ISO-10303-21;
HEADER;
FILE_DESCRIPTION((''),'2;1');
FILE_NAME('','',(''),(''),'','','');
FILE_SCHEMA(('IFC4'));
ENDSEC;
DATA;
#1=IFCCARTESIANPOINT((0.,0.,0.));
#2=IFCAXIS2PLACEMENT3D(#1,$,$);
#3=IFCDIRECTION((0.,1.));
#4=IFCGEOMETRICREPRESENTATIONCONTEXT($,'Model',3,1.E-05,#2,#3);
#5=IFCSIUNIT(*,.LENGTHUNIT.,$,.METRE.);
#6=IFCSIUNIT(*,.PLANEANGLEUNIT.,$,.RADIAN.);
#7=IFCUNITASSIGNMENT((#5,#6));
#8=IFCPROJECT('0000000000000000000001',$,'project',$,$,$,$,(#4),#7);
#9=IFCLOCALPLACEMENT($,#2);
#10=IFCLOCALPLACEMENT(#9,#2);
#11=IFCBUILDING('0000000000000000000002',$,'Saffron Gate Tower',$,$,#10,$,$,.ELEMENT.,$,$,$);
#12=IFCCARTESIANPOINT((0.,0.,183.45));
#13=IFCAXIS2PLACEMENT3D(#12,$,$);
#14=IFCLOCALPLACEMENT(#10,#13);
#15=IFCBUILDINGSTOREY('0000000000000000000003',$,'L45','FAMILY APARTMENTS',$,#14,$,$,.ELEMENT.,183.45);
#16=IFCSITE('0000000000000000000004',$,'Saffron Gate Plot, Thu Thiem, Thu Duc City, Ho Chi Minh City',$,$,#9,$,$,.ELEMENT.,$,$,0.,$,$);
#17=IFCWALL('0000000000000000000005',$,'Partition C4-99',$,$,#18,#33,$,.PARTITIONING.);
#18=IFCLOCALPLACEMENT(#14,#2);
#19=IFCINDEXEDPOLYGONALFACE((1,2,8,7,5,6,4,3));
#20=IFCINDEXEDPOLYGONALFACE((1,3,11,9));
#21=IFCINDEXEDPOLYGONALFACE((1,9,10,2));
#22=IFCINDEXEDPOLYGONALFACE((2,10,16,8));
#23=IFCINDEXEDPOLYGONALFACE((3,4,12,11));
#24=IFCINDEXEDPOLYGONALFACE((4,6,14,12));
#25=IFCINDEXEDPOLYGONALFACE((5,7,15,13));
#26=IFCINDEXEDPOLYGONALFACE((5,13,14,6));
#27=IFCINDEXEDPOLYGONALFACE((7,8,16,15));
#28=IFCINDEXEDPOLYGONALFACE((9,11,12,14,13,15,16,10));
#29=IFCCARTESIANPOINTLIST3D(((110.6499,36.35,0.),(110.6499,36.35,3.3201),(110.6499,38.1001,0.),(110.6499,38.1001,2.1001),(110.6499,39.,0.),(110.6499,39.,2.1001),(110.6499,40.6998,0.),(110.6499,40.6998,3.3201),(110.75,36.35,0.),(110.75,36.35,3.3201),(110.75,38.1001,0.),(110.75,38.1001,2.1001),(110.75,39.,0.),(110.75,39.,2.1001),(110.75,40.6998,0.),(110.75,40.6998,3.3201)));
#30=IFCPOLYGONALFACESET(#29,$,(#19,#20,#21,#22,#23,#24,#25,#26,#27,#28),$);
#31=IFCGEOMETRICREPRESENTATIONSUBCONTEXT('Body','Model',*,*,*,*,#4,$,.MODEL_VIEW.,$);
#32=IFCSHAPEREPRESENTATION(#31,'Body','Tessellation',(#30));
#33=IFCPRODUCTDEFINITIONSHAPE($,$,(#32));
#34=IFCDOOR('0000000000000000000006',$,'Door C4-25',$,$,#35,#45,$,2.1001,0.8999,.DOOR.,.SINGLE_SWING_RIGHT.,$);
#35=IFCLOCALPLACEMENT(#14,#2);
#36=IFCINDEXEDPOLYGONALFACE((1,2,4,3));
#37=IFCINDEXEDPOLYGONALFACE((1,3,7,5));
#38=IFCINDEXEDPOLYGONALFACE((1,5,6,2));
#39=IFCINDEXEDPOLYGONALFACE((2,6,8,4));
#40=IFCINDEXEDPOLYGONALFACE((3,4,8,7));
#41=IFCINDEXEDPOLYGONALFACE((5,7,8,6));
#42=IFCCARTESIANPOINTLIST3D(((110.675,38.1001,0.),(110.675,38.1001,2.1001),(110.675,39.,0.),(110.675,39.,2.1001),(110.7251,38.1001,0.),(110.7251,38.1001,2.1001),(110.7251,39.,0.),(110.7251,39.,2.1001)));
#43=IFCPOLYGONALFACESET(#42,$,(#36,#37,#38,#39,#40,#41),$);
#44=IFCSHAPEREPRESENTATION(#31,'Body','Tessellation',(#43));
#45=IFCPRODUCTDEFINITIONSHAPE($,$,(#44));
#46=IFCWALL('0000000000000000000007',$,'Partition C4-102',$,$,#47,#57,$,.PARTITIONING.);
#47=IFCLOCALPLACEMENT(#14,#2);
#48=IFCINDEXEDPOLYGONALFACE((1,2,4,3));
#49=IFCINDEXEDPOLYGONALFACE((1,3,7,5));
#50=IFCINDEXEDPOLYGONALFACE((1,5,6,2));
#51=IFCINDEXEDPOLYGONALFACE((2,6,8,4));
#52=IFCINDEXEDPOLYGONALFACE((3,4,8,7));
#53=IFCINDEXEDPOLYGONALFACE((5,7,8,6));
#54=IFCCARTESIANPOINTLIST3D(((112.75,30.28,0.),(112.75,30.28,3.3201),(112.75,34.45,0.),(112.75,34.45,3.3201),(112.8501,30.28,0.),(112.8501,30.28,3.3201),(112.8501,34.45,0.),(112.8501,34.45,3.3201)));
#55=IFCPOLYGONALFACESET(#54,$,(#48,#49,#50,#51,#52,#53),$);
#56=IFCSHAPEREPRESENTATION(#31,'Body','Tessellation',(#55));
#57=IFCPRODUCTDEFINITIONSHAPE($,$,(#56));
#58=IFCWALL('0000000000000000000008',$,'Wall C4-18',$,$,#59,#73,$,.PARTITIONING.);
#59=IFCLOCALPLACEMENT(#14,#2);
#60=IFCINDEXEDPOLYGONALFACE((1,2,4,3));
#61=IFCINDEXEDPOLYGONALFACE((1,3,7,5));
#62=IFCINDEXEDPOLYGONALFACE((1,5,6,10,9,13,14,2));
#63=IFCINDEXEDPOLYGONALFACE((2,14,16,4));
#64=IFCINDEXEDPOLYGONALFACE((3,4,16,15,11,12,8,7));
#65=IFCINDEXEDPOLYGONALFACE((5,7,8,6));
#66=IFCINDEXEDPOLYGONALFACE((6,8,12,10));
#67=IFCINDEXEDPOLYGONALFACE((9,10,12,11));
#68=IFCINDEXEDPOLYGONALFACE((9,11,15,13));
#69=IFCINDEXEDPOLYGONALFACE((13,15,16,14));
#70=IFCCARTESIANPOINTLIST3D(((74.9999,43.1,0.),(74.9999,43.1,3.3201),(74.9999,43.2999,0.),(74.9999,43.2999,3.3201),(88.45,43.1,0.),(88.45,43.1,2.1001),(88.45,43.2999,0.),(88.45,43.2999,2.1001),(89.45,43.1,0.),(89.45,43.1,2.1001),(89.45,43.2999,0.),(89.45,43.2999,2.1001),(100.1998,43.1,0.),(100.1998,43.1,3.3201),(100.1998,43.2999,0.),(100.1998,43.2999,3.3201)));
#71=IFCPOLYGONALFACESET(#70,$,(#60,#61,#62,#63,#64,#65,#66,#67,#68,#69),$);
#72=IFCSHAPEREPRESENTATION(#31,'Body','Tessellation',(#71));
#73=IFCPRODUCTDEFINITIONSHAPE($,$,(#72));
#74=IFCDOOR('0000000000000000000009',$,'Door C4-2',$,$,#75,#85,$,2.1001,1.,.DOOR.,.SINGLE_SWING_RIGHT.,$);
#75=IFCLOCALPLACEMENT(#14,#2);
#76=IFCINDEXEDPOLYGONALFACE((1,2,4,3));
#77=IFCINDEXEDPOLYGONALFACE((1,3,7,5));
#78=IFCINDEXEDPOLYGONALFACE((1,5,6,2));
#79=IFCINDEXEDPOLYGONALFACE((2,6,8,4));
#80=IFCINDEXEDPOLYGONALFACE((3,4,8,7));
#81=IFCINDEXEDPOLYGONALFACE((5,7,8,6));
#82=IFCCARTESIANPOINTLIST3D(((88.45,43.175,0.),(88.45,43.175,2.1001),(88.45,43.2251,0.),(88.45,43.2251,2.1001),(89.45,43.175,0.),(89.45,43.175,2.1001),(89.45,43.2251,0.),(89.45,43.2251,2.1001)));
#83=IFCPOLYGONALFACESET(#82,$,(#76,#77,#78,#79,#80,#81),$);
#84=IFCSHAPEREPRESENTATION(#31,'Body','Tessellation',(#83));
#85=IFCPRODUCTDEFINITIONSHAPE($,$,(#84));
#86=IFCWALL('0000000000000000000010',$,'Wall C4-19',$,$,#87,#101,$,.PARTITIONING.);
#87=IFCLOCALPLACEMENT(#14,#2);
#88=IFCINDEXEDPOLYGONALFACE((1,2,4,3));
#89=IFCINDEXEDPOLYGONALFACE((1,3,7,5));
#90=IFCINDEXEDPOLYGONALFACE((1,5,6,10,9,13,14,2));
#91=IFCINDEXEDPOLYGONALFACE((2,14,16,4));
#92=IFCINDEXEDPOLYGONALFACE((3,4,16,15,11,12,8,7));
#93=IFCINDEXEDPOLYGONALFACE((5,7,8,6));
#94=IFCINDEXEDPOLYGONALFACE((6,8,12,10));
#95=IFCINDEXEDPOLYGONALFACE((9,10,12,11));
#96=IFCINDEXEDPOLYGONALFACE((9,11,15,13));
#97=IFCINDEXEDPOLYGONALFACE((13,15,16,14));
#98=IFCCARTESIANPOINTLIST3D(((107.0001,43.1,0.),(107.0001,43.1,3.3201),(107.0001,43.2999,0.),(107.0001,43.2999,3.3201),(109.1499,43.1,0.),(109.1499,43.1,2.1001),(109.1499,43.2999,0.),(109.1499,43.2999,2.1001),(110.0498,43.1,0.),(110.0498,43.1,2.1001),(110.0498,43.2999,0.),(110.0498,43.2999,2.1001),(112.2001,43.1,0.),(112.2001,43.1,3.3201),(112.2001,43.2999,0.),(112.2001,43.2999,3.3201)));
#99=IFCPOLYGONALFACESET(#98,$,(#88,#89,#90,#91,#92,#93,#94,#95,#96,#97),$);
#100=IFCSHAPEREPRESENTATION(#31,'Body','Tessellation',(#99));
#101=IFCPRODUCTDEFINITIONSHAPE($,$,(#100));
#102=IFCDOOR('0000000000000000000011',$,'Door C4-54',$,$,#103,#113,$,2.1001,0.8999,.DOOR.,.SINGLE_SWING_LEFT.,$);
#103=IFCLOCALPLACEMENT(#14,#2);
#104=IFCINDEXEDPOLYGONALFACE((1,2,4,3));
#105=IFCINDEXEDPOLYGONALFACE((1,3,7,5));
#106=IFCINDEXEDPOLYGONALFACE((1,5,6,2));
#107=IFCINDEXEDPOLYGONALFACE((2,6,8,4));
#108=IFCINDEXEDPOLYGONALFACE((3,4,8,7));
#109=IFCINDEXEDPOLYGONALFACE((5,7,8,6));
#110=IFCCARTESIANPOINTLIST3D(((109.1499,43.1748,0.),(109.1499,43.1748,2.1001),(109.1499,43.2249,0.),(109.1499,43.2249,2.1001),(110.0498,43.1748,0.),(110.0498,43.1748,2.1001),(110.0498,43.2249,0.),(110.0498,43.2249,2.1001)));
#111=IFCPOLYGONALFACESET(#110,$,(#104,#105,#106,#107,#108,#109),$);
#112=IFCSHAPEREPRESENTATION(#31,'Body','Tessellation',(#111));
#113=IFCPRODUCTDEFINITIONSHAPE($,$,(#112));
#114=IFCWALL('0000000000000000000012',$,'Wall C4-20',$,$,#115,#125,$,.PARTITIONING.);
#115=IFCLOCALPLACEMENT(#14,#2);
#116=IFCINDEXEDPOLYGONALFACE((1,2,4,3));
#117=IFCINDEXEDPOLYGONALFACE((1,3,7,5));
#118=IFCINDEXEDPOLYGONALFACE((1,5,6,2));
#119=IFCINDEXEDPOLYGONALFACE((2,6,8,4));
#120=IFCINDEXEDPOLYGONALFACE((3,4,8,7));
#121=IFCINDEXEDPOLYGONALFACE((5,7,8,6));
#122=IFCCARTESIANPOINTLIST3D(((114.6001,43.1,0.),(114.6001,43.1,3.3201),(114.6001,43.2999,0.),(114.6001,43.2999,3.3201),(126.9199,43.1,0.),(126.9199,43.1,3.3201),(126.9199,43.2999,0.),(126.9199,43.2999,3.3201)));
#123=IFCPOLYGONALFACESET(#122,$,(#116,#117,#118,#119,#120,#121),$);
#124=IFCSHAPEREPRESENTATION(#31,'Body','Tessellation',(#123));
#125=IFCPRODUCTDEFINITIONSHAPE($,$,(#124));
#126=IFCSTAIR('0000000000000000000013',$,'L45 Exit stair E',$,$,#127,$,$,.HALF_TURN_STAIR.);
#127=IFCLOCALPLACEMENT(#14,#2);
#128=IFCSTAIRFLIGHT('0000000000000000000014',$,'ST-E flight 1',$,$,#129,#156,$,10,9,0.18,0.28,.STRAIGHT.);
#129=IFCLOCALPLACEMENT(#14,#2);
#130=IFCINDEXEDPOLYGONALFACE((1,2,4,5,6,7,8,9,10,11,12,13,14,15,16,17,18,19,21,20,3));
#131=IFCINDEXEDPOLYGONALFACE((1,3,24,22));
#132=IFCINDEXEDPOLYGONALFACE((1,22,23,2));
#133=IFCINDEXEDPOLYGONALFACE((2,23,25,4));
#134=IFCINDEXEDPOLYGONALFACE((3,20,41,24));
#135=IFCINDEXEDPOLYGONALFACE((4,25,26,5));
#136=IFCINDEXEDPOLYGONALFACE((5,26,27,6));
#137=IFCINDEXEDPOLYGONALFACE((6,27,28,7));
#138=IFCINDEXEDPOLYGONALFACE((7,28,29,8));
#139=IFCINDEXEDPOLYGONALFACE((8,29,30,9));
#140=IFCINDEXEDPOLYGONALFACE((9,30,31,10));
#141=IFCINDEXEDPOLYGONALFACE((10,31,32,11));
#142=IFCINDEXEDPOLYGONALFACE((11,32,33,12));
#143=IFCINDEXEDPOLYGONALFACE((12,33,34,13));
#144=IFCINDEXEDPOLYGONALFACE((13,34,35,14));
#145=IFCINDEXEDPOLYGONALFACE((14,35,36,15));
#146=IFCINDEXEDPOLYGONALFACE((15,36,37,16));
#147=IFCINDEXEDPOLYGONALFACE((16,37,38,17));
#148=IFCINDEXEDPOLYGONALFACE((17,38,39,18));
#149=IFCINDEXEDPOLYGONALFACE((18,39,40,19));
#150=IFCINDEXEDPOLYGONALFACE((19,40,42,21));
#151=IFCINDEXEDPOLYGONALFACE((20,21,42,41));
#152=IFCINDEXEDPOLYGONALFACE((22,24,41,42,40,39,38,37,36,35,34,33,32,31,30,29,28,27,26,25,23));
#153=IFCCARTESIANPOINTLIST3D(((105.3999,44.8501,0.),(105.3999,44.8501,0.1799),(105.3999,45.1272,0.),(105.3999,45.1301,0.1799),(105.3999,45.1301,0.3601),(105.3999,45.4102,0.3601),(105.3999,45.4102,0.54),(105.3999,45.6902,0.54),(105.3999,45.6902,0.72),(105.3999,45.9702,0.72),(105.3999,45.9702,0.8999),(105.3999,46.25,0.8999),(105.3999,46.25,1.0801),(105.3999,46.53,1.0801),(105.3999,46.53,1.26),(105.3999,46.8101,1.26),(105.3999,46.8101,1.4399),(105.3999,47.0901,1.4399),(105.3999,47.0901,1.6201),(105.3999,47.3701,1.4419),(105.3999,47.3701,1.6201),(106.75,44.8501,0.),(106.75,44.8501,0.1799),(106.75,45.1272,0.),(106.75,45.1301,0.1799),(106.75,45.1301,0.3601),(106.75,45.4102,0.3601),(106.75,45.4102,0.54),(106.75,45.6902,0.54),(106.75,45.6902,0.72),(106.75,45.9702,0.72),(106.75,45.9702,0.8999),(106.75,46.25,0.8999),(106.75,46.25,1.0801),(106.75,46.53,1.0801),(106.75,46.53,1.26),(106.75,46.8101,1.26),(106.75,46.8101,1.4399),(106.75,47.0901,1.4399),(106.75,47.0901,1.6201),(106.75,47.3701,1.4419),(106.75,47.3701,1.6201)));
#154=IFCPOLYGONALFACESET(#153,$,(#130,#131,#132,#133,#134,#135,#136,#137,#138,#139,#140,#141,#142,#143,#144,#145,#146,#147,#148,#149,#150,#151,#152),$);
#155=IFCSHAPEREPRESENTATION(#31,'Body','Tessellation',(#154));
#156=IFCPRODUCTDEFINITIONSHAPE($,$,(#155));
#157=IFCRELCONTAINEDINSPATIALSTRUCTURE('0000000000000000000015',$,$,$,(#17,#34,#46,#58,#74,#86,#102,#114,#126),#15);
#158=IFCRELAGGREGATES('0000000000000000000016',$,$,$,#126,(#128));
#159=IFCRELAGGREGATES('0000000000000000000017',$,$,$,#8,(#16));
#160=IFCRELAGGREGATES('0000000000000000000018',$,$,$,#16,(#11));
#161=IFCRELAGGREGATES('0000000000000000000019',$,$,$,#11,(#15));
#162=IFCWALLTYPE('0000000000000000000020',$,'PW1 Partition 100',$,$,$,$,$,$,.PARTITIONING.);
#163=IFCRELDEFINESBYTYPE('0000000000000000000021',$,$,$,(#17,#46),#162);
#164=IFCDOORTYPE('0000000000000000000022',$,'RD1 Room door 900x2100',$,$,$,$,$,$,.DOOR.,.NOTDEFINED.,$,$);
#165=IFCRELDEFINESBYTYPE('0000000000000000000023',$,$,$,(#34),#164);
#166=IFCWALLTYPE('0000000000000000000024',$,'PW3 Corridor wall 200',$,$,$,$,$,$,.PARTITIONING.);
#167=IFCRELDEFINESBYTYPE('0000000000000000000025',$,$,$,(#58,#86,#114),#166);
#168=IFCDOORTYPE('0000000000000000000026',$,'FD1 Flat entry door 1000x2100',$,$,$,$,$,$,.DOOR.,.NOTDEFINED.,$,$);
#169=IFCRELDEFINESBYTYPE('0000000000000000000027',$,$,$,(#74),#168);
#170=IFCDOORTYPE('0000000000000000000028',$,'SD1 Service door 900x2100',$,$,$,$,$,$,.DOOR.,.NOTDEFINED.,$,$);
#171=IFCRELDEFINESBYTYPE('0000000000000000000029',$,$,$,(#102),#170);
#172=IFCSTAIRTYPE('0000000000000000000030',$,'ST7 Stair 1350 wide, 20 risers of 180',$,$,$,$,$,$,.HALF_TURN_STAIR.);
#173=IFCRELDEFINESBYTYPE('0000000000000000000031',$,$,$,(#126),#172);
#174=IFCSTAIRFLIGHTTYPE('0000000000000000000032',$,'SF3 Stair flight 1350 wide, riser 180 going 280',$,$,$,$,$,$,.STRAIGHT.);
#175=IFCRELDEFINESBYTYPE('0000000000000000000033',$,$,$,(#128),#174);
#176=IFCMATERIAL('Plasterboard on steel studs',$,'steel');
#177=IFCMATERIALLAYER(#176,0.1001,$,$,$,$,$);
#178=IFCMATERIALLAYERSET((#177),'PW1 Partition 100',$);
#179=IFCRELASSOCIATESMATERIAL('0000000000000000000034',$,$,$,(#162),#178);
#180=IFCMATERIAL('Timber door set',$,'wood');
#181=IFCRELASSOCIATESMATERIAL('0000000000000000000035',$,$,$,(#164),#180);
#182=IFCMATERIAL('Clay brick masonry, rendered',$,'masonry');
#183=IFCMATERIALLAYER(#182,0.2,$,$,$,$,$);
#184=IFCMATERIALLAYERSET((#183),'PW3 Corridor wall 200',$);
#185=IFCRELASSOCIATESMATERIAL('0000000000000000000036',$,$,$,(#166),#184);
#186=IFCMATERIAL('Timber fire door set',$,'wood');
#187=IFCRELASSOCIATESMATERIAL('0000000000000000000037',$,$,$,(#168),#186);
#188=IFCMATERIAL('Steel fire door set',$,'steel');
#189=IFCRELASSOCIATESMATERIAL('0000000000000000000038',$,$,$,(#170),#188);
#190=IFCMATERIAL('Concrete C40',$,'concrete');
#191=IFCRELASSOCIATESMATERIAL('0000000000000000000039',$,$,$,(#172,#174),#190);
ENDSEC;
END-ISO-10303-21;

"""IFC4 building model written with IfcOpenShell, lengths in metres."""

from ifc_helpers import new_model, si_unit, direction, frame, frame_2d, origin, place, context, subcontext, project, spatial, polyline, rectangle, outline, extrude, material, layer, layer_set, type_object, element, fill, aggregate, save


model = new_model("IFC4")

# Units and contexts
model_context = context("Model", 3, precision=1e-05, world=origin(), true_north=direction((0.0, 1.0)))
body_context = subcontext(model_context, "Body", "Model", "MODEL_VIEW")
ifc_project = project(units=[si_unit("LENGTHUNIT", "METRE"), si_unit("PLANEANGLEUNIT", "RADIAN")], contexts=[model_context])

# Site, building, storey
site_placement = place(None, origin())
site = spatial("IfcSite", under=ifc_project, at=site_placement, Name="Saffron Gate Plot, Thu Thiem, Thu Duc City, Ho Chi Minh City", CompositionType="ELEMENT", RefElevation=0.0)
building_placement = place(site_placement, origin())
building = spatial("IfcBuilding", under=site, at=building_placement, Name="Saffron Gate Tower", CompositionType="ELEMENT")
storey_placement = place(building_placement, frame((0.0, 0.0, 183.45)))
storey = spatial("IfcBuildingStorey", under=building, at=storey_placement, Name="L45", Description="FAMILY APARTMENTS", CompositionType="ELEMENT", Elevation=183.45)

# Shared definitions
ifc_material_1 = material(Name="Steel fire door set", Category="steel")

# Shared definitions
ifc_material_2 = material(Name="Plasterboard on steel studs", Category="steel")
ifc_layer_1 = layer(ifc_material_2, 0.1001)
ifc_layer_set_1 = layer_set([ifc_layer_1], Name="PW1 Partition 100")
wall_type_1 = type_object("IfcWallType", Name="PW1 Partition 100", PredefinedType="PARTITIONING", material=ifc_layer_set_1)
ifc_material_3 = material(Name="Timber door set", Category="wood")

# Wall, opening, door
wall_1_placement = place(storey_placement, frame((110.7, 36.3501, 0.0), z_axis=(0.0, 0.0, 1.0), x_axis=(0.0, 1.0, 0.0)))
wall_1 = element("IfcWall", 1, at=wall_1_placement, inside=storey, type_object=wall_type_1, Name="Partition C4-99", PredefinedType="PARTITIONING", context=body_context, shape_type="SweptSolid", body=[
    extrude(rectangle(XDim=4.3499, YDim=0.1001, at=frame_2d((2.1748, 0.0))), origin(), (0.0, 0.0, 1.0), 3.3201),
])
opening_1_placement = place(wall_1_placement, frame((1.75, 0.0, 0.0)))
opening_1 = element("IfcOpeningElement", 2, at=opening_1_placement, cuts=wall_1, PredefinedType="OPENING", context=body_context, shape_type="SweptSolid", body=[
    extrude(rectangle(XDim=0.8999, YDim=2.1001, at=frame_2d((0.45, 1.05))), frame((0.0, 0.0601, 0.0), z_axis=(0.0, -1.0, 0.0), x_axis=(1.0, 0.0, 0.0)), (0.0, 0.0, 1.0), 0.1201),
])
door_type_1 = type_object("IfcDoorType", Name="RD1 Room door 900x2100", OperationType="NOTDEFINED", PredefinedType="DOOR", material=ifc_material_3)
door_1_placement = place(opening_1_placement, origin())
door_1 = element("IfcDoor", 3, at=door_1_placement, inside=storey, type_object=door_type_1, Name="Door C4-25", OperationType="SINGLE_SWING_RIGHT", OverallHeight=2.1001, OverallWidth=0.8999, PredefinedType="DOOR", context=body_context, shape_type="SweptSolid", body=[
    extrude(rectangle(XDim=0.8999, YDim=2.1001, at=frame_2d((0.45, 1.05))), frame((0.0, 0.0249, 0.0), z_axis=(0.0, -1.0, 0.0), x_axis=(1.0, 0.0, 0.0)), (0.0, 0.0, 1.0), 0.05),
])
fill(opening_1, door_1)

# Wall
wall_2_placement = place(storey_placement, frame((112.8, 34.45, 0.0), z_axis=(0.0, 0.0, 1.0), x_axis=(0.0, -1.0, 0.0)))
element("IfcWall", 4, at=wall_2_placement, inside=storey, type_object=wall_type_1, Name="Partition C4-102", PredefinedType="PARTITIONING", context=body_context, shape_type="SweptSolid", body=[
    extrude(rectangle(XDim=4.1699, YDim=0.1001, at=frame_2d((2.085, 0.0))), origin(), (0.0, 0.0, 1.0), 3.3201),
])

# Walls, openings, doors
ifc_material_4 = material(Name="Clay brick masonry, rendered", Category="masonry")
ifc_layer_2 = layer(ifc_material_4, 0.2)
ifc_layer_set_2 = layer_set([ifc_layer_2], Name="PW3 Corridor wall 200")
wall_type_2 = type_object("IfcWallType", Name="PW3 Corridor wall 200", PredefinedType="PARTITIONING", material=ifc_layer_set_2)
wall_3_placement = place(storey_placement, frame((100.2, 43.2, 0.0), z_axis=(0.0, 0.0, 1.0), x_axis=(-1.0, 0.0, 0.0)))
wall_3 = element("IfcWall", 5, at=wall_3_placement, inside=storey, type_object=wall_type_2, Name="Wall C4-18", PredefinedType="PARTITIONING", context=body_context, shape_type="SweptSolid", body=[
    extrude(rectangle(XDim=25.2, YDim=0.2, at=frame_2d((12.6001, 0.0))), origin(), (0.0, 0.0, 1.0), 3.3201),
])
opening_2_placement = place(wall_3_placement, frame((10.75, 0.0, 0.0)))
opening_2 = element("IfcOpeningElement", 6, at=opening_2_placement, cuts=wall_3, PredefinedType="OPENING", context=body_context, shape_type="SweptSolid", body=[
    extrude(rectangle(XDim=1.0, YDim=2.1001, at=frame_2d((0.5, 1.05))), frame((0.0, 0.1099, 0.0), z_axis=(0.0, -1.0, 0.0), x_axis=(1.0, 0.0, 0.0)), (0.0, 0.0, 1.0), 0.22),
])
ifc_material_5 = material(Name="Timber fire door set", Category="wood")
door_type_2 = type_object("IfcDoorType", Name="FD1 Flat entry door 1000x2100", OperationType="NOTDEFINED", PredefinedType="DOOR", material=ifc_material_5)
door_2_placement = place(opening_2_placement, origin())
door_2 = element("IfcDoor", 7, at=door_2_placement, inside=storey, type_object=door_type_2, Name="Door C4-2", OperationType="SINGLE_SWING_RIGHT", OverallHeight=2.1001, OverallWidth=1.0, PredefinedType="DOOR", context=body_context, shape_type="SweptSolid", body=[
    extrude(rectangle(XDim=1.0, YDim=2.1001, at=frame_2d((0.5, 1.05))), frame((0.0, 0.0249, 0.0), z_axis=(0.0, -1.0, 0.0), x_axis=(1.0, 0.0, 0.0)), (0.0, 0.0, 1.0), 0.05),
])
fill(opening_2, door_2)
wall_4_placement = place(storey_placement, frame((107.0, 43.2, 0.0), z_axis=(0.0, 0.0, 1.0), x_axis=(1.0, 0.0, 0.0)))
wall_4 = element("IfcWall", 8, at=wall_4_placement, inside=storey, type_object=wall_type_2, Name="Wall C4-19", PredefinedType="PARTITIONING", context=body_context, shape_type="SweptSolid", body=[
    extrude(rectangle(XDim=5.2, YDim=0.2, at=frame_2d((2.6001, 0.0))), origin(), (0.0, 0.0, 1.0), 3.3201),
])
opening_3_placement = place(wall_4_placement, frame((2.1499, 0.0, 0.0)))
opening_3 = element("IfcOpeningElement", 9, at=opening_3_placement, cuts=wall_4, PredefinedType="OPENING", context=body_context, shape_type="SweptSolid", body=[
    extrude(rectangle(XDim=0.8999, YDim=2.1001, at=frame_2d((0.45, 1.05))), frame((0.0, 0.1099, 0.0), z_axis=(0.0, -1.0, 0.0), x_axis=(1.0, 0.0, 0.0)), (0.0, 0.0, 1.0), 0.22),
])
door_type_3 = type_object("IfcDoorType", Name="SD1 Service door 900x2100", OperationType="NOTDEFINED", PredefinedType="DOOR", material=ifc_material_1)
door_3_placement = place(opening_3_placement, origin())
door_3 = element("IfcDoor", 10, at=door_3_placement, inside=storey, type_object=door_type_3, Name="Door C4-54", OperationType="SINGLE_SWING_LEFT", OverallHeight=2.1001, OverallWidth=0.8999, PredefinedType="DOOR", context=body_context, shape_type="SweptSolid", body=[
    extrude(rectangle(XDim=0.8999, YDim=2.1001, at=frame_2d((0.45, 1.05))), frame((0.0, 0.0249, 0.0), z_axis=(0.0, -1.0, 0.0), x_axis=(1.0, 0.0, 0.0)), (0.0, 0.0, 1.0), 0.05),
])
fill(opening_3, door_3)

# Wall
wall_5_placement = place(storey_placement, frame((114.6001, 43.2, 0.0), z_axis=(0.0, 0.0, 1.0), x_axis=(1.0, 0.0, 0.0)))
element("IfcWall", 11, at=wall_5_placement, inside=storey, type_object=wall_type_2, Name="Wall C4-20", PredefinedType="PARTITIONING", context=body_context, shape_type="SweptSolid", body=[
    extrude(rectangle(XDim=12.3198, YDim=0.2, at=frame_2d((6.1599, 0.0))), origin(), (0.0, 0.0, 1.0), 3.3201),
])

# Stair, stair flight
ifc_material_6 = material(Name="Concrete C40", Category="concrete")
stair_type = type_object("IfcStairType", Name="ST7 Stair 1350 wide, 20 risers of 180", PredefinedType="HALF_TURN_STAIR", material=ifc_material_6)
stair_placement = place(storey_placement, origin())
stair = element("IfcStair", 12, at=stair_placement, inside=storey, type_object=stair_type, Name="L45 Exit stair E", PredefinedType="HALF_TURN_STAIR")
stair_flight_type = type_object("IfcStairFlightType", Name="SF3 Stair flight 1350 wide, riser 180 going 280", PredefinedType="STRAIGHT", material=ifc_material_6)
stair_flight_1_placement = place(storey_placement, frame((106.075, 44.8501, 0.0), z_axis=(0.0, 0.0, 1.0), x_axis=(0.0, 1.0, 0.0)))
stair_flight_1 = element("IfcStairFlight", 13, at=stair_flight_1_placement, type_object=stair_flight_type, Name="ST-E flight 1", NumberOfRisers=10, NumberOfTreads=9, PredefinedType="STRAIGHT", RiserHeight=0.18, TreadLength=0.28, context=body_context, shape_type="SweptSolid", body=[
    extrude(outline(polyline([(0.0, 0.0), (0.0, 0.1799), (0.28, 0.1799), (0.28, 0.3601), (0.5601, 0.3601), (0.5601, 0.54), (0.8401, 0.54), (0.8401, 0.72), (1.1201, 0.72), (1.1201, 0.8999), (1.3999, 0.8999), (1.3999, 1.0801), (1.6799, 1.0801), (1.6799, 1.26), (1.96, 1.26), (1.96, 1.4399), (2.24, 1.4399), (2.24, 1.6201), (2.52, 1.6201), (2.52, 1.8), (2.52, 1.4419), (0.2771, 0.0), (0.0, 0.0)])), frame((0.0, 0.675, 0.0), z_axis=(0.0, -1.0, 0.0), x_axis=(1.0, 0.0, 0.0)), (0.0, 0.0, 1.0), 1.3501),
])
aggregate(stair, [stair_flight_1])

save(model, "model.ifc")
